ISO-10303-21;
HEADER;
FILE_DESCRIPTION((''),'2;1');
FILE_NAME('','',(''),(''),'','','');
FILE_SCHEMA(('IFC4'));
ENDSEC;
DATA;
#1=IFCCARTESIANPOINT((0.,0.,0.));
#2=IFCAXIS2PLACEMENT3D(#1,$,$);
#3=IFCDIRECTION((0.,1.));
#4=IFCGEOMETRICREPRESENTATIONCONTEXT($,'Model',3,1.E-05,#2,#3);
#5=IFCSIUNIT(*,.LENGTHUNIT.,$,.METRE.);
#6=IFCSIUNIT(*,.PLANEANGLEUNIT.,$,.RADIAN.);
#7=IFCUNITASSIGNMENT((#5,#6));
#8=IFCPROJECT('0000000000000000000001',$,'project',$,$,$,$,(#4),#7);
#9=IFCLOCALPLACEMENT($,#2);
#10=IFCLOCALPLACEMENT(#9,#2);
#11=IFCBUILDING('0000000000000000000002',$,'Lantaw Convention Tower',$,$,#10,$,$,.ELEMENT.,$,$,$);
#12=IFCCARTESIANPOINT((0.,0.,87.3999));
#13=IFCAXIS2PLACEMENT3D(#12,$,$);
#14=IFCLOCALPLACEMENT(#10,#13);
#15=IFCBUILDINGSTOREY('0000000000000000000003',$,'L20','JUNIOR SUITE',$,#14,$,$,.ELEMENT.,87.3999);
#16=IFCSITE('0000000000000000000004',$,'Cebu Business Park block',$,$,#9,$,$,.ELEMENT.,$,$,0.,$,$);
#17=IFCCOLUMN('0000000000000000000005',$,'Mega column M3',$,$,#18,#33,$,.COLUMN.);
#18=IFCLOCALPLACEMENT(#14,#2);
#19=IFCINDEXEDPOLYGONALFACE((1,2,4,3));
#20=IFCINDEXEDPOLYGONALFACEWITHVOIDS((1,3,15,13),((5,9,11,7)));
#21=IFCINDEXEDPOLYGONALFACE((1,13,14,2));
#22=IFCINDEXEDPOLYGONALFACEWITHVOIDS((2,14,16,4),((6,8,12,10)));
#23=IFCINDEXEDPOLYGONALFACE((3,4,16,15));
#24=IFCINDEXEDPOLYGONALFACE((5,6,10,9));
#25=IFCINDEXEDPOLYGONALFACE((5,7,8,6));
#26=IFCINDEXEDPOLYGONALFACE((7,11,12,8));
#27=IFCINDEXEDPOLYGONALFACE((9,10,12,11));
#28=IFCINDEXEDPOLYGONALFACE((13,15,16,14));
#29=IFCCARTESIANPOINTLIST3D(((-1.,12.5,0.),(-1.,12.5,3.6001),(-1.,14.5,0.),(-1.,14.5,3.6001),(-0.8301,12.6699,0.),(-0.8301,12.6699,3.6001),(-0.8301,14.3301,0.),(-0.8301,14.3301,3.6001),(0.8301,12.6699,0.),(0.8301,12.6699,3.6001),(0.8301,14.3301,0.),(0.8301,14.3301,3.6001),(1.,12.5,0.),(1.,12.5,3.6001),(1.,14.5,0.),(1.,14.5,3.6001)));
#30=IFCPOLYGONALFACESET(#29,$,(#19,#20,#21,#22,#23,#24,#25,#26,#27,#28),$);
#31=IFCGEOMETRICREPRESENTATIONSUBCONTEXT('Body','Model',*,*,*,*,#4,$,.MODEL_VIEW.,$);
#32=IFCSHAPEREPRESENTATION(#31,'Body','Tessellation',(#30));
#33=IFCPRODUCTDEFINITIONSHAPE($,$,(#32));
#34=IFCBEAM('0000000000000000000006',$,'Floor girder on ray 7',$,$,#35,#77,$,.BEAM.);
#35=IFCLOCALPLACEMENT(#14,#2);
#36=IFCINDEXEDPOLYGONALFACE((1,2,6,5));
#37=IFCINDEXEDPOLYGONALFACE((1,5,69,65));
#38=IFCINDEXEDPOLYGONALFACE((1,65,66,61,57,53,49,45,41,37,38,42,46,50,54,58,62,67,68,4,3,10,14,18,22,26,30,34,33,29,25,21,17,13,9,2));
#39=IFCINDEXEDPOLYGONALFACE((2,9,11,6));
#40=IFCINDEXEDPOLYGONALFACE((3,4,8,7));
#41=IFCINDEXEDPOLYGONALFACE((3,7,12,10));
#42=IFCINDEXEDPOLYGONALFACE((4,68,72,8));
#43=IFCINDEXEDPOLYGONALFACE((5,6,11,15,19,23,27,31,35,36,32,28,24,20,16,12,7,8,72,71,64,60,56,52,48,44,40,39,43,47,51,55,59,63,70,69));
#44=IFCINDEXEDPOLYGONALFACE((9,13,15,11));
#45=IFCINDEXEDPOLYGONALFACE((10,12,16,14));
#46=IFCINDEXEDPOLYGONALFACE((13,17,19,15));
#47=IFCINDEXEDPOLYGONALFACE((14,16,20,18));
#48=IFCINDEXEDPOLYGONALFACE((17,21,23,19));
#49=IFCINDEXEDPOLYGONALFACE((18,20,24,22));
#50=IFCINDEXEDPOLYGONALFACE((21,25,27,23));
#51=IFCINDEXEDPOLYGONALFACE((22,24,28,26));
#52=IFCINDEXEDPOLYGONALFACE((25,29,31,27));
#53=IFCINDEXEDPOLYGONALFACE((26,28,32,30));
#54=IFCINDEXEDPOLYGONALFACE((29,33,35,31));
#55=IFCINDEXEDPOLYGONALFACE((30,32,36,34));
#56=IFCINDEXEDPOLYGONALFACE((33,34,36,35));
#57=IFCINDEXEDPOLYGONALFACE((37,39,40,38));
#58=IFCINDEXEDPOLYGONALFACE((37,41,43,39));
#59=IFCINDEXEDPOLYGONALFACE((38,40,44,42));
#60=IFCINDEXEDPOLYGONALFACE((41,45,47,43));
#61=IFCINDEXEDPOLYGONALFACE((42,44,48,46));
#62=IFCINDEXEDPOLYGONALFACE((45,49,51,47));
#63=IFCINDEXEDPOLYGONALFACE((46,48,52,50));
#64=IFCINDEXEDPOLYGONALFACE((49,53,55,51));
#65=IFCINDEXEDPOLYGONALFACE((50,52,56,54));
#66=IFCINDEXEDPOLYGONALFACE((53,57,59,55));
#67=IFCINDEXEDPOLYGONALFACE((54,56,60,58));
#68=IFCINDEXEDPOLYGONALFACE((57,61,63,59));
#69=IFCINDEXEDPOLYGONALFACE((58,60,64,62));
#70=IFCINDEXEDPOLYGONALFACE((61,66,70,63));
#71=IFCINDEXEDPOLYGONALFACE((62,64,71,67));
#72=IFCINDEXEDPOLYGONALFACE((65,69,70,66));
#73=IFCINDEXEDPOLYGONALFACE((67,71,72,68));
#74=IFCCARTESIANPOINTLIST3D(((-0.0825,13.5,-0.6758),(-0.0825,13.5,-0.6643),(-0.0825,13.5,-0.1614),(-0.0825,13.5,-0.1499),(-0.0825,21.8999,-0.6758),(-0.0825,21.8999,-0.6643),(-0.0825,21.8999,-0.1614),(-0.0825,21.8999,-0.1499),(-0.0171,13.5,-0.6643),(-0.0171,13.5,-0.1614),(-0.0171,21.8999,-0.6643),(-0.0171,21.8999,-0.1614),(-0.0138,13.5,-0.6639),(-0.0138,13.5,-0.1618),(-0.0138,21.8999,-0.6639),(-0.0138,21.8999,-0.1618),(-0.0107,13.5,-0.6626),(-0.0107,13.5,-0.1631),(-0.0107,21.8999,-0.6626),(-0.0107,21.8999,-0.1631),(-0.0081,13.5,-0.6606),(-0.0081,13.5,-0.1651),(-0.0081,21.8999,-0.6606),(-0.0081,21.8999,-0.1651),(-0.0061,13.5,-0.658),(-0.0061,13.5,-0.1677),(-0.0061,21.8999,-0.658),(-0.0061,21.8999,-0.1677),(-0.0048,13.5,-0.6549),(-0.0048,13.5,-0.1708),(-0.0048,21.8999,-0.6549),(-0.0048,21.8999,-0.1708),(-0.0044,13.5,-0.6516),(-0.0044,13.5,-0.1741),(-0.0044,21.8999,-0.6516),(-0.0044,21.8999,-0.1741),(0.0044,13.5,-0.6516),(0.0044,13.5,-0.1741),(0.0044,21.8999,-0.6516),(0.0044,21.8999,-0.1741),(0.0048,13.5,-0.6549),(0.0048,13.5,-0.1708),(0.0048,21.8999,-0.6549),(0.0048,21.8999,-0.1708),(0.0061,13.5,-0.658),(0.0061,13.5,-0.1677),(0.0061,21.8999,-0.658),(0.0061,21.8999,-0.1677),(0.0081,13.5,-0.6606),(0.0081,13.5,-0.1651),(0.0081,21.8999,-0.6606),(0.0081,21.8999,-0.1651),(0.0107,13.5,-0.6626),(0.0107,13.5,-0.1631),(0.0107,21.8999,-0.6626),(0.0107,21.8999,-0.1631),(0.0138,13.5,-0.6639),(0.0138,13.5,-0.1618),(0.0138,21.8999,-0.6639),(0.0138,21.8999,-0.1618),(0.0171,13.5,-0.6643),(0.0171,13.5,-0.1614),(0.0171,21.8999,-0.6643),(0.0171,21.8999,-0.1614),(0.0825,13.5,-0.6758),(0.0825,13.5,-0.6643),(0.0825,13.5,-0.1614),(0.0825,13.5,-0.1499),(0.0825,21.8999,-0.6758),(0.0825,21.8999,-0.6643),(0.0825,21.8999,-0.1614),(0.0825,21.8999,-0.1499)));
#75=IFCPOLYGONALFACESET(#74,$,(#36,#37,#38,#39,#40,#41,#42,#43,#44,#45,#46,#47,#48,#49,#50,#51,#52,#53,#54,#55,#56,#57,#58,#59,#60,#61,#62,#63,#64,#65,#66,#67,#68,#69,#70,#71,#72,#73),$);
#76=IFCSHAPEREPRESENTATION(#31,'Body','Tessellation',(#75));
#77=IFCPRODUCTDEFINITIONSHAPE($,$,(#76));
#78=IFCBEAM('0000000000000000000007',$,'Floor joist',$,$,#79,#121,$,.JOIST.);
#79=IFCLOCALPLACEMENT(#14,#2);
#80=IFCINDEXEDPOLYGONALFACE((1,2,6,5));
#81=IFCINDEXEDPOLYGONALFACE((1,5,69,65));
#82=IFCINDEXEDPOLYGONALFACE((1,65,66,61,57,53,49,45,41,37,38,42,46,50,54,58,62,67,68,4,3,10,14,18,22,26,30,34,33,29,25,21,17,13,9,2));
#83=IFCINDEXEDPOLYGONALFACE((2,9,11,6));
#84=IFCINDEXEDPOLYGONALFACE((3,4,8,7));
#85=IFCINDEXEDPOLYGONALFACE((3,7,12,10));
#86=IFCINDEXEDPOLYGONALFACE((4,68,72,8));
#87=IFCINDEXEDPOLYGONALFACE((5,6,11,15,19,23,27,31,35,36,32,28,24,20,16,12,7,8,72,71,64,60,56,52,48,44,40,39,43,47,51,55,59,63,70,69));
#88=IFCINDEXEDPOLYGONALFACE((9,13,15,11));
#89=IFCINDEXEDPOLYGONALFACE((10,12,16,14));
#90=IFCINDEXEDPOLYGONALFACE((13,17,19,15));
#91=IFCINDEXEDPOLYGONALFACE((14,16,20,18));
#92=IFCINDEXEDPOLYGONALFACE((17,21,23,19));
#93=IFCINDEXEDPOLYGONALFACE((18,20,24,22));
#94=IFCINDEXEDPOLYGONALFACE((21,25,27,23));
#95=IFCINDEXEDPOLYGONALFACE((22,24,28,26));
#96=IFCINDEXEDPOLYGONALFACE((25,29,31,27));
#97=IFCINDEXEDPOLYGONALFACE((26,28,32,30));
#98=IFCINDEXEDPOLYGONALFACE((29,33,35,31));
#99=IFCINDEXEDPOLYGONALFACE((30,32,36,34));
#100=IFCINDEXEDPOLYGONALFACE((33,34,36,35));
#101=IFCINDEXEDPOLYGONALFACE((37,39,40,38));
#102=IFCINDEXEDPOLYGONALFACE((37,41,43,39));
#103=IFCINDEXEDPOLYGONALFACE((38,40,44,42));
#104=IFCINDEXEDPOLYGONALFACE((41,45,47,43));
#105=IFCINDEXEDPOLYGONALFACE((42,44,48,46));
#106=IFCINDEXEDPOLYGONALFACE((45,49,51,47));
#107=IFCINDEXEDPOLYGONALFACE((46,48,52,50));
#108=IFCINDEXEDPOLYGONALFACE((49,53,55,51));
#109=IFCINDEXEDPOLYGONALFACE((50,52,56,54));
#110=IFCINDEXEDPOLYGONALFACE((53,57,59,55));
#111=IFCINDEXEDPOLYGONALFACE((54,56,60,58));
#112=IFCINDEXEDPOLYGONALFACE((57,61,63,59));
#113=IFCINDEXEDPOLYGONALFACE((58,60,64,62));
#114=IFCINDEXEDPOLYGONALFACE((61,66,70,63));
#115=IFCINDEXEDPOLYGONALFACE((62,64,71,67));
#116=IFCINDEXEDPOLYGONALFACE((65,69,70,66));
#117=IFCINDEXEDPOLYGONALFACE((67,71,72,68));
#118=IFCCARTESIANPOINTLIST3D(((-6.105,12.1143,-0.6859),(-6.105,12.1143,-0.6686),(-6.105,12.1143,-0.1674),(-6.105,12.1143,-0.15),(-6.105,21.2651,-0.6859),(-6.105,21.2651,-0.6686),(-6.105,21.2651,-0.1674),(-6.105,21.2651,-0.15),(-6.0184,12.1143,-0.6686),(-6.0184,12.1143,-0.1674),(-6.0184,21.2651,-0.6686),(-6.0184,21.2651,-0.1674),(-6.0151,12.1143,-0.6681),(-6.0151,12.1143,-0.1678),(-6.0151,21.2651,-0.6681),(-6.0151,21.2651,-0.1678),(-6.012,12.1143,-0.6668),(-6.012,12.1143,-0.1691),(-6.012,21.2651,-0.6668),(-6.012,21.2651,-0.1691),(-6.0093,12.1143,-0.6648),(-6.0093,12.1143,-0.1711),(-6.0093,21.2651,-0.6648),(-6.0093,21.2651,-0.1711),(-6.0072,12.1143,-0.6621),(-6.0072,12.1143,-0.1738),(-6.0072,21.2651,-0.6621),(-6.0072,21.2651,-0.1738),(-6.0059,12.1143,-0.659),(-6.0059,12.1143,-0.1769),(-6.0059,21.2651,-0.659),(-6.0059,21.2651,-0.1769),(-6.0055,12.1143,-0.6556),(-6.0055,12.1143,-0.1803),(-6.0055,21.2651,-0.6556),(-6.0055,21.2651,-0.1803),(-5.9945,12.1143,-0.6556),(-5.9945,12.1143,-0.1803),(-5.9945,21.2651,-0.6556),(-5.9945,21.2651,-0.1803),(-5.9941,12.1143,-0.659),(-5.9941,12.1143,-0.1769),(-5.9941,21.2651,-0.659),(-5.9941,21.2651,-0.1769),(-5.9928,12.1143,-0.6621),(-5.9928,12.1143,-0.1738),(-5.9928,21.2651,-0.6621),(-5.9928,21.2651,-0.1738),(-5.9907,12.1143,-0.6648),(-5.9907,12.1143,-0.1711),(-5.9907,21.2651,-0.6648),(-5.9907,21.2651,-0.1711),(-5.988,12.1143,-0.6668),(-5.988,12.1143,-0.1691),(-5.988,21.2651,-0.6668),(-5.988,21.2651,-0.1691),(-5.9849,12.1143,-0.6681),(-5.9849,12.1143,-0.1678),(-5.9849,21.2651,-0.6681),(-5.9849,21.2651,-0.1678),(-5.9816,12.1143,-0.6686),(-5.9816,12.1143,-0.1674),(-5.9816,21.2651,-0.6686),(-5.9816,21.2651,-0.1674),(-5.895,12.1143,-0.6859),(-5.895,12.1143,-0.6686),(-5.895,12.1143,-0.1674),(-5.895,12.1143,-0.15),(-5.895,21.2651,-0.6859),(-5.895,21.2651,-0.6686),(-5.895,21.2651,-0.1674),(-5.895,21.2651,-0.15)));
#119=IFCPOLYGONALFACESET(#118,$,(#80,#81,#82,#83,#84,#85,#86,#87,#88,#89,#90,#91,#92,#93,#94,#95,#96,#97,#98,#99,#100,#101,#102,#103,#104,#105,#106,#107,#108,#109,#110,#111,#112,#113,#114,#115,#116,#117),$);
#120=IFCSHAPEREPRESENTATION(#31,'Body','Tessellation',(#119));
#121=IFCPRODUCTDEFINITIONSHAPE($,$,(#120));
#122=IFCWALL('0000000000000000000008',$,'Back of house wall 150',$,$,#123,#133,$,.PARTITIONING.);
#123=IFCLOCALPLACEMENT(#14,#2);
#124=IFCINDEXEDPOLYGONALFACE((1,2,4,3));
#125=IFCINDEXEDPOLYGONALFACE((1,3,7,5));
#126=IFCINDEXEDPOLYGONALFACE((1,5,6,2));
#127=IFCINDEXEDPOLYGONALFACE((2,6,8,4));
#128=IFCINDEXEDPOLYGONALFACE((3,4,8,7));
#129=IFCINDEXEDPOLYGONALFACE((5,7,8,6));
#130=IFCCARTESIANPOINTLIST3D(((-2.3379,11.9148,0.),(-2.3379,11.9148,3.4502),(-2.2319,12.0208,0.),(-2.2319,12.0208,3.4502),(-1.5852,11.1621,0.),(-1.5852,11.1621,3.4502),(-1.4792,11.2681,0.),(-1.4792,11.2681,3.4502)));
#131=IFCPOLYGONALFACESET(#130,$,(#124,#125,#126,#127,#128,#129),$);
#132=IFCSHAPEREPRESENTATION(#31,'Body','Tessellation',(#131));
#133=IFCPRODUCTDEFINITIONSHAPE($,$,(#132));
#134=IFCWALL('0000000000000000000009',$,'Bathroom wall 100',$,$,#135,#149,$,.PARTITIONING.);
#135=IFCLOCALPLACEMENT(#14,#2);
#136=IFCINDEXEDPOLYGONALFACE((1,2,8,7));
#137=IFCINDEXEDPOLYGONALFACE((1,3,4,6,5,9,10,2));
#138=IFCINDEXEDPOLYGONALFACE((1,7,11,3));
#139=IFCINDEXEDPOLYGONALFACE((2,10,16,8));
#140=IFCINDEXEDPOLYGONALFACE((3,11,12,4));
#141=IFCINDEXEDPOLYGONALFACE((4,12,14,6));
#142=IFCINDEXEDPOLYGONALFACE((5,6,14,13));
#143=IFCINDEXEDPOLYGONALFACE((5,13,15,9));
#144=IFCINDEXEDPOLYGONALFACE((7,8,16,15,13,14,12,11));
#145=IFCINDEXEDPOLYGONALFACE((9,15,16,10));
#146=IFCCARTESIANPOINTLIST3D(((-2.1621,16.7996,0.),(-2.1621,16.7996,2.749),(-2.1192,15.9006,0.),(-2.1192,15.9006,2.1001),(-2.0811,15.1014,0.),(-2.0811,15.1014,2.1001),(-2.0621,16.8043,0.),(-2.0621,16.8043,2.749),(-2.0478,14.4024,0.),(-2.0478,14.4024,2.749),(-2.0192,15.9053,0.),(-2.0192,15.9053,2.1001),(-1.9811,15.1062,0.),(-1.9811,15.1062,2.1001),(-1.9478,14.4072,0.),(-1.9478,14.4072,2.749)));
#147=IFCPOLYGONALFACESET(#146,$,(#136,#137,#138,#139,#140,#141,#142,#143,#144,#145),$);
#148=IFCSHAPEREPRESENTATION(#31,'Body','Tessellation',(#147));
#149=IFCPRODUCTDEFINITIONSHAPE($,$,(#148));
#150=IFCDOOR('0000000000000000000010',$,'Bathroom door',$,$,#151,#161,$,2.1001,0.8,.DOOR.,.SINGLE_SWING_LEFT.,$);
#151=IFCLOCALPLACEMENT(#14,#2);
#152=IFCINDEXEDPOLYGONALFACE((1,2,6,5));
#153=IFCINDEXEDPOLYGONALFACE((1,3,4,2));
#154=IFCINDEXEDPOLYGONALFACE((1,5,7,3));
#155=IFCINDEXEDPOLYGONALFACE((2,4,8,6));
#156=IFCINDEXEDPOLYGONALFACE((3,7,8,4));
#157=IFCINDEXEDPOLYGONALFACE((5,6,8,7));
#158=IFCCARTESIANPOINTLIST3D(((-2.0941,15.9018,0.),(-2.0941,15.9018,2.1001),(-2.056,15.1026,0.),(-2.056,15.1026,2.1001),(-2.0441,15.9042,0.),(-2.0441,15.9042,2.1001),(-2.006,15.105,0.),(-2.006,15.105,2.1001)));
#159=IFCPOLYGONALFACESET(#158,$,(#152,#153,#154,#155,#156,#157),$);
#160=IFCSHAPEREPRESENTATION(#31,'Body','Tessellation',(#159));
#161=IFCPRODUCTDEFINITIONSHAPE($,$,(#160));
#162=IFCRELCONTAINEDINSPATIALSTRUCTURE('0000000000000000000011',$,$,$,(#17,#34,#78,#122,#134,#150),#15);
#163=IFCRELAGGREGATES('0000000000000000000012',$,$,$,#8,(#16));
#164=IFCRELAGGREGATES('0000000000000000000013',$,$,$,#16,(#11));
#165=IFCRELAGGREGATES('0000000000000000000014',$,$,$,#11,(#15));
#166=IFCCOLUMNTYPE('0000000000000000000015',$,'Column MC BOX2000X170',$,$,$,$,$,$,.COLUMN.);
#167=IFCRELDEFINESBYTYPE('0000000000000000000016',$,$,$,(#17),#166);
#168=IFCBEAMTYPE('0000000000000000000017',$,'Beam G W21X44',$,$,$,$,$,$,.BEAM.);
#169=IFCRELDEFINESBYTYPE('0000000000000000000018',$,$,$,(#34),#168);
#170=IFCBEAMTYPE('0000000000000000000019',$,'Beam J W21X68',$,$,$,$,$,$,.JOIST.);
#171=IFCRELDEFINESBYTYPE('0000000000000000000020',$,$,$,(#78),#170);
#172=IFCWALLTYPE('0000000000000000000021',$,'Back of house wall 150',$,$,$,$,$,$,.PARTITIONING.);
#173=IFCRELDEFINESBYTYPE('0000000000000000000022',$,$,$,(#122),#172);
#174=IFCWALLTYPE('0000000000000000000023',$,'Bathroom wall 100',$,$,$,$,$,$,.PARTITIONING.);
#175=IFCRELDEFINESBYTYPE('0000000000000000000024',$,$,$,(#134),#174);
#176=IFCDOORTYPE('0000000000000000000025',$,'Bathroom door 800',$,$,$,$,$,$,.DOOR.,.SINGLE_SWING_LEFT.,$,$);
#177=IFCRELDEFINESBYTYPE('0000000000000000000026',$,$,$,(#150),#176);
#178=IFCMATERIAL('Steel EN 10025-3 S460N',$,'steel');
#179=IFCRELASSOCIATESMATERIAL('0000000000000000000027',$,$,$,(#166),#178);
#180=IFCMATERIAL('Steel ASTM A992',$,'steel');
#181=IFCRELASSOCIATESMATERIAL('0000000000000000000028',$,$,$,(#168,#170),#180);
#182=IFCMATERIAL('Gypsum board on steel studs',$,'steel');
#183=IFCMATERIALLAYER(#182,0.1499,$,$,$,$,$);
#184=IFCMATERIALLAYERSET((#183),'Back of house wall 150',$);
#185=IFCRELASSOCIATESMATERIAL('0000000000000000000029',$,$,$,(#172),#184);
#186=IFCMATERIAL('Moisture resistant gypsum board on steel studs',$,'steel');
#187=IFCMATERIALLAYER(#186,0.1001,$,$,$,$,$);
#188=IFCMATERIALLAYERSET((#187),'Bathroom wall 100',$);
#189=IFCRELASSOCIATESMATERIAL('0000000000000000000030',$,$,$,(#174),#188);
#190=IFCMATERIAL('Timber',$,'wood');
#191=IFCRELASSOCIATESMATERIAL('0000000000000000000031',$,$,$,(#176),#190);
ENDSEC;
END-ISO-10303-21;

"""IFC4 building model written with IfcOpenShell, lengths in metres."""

from ifc_helpers import new_model, si_unit, direction, frame, frame_2d, origin, origin_2d, place, context, subcontext, project, spatial, rectangle, hollow_rectangle, i_section, extrude, material, layer, layer_set, material_profile, profile_set, type_object, element, fill, save


model = new_model("IFC4")

# Units and contexts
model_context = context("Model", 3, precision=1e-05, world=origin(), true_north=direction((0.0, 1.0)))
body_context = subcontext(model_context, "Body", "Model", "MODEL_VIEW")
ifc_project = project(units=[si_unit("LENGTHUNIT", "METRE"), si_unit("PLANEANGLEUNIT", "RADIAN")], contexts=[model_context])

# Site, building, storey
site_placement = place(None, origin())
site = spatial("IfcSite", under=ifc_project, at=site_placement, Name="Cebu Business Park block", CompositionType="ELEMENT", RefElevation=0.0)
building_placement = place(site_placement, origin())
building = spatial("IfcBuilding", under=site, at=building_placement, Name="Lantaw Convention Tower", CompositionType="ELEMENT")
storey_placement = place(building_placement, frame((0.0, 0.0, 87.3999)))
storey = spatial("IfcBuildingStorey", under=building, at=storey_placement, Name="L20", Description="JUNIOR SUITE", CompositionType="ELEMENT", Elevation=87.3999)

# Column
ifc_material_1 = material(Name="Steel EN 10025-3 S460N", Category="steel")
ifc_material_profile_1 = material_profile(ifc_material_1, hollow_rectangle(XDim=2.0, YDim=2.0, WallThickness=0.1699, at=origin_2d()), Name="BOX2000X170")
ifc_material_2 = material(Name="Concrete C60/75", Category="concrete")
ifc_material_profile_2 = material_profile(ifc_material_2, rectangle(XDim=1.6599, YDim=1.6599, at=origin_2d()), Name="Concrete fill of BOX2000X170")
ifc_profile_set_1 = profile_set([ifc_material_profile_1, ifc_material_profile_2], Name="Steel EN 10025-3 S460N")
column_type = type_object("IfcColumnType", Name="Column MC BOX2000X170", PredefinedType="COLUMN", material=ifc_profile_set_1)
column_placement = place(storey_placement, frame((0.0, 13.5, 0.0), z_axis=(0.0, 0.0, 1.0), x_axis=(1.0, 0.0, 0.0)))
element("IfcColumn", 1, at=column_placement, inside=storey, type_object=column_type, Name="Mega column M3", PredefinedType="COLUMN", context=body_context, shape_type="SweptSolid", body=[
    extrude(hollow_rectangle(XDim=2.0, YDim=2.0, WallThickness=0.1699, at=origin_2d()), origin(), (0.0, 0.0, 1.0), 3.6001),
])

# Beams
ifc_material_3 = material(Name="Steel ASTM A992", Category="steel")
ifc_material_profile_3 = material_profile(ifc_material_3, i_section(OverallWidth=0.165, OverallDepth=0.5259, WebThickness=0.0088, FlangeThickness=0.0115, FilletRadius=0.0127, at=origin_2d()), Name="W21X44")
ifc_profile_set_2 = profile_set([ifc_material_profile_3], Name="Steel ASTM A992")
beam_type_1 = type_object("IfcBeamType", Name="Beam G W21X44", PredefinedType="BEAM", material=ifc_profile_set_2)
beam_1_placement = place(storey_placement, frame((0.0, 13.5, -0.4128), z_axis=(0.0, 1.0, 0.0), x_axis=(-1.0, 0.0, 0.0)))
element("IfcBeam", 2, at=beam_1_placement, inside=storey, type_object=beam_type_1, Name="Floor girder on ray 7", PredefinedType="BEAM", context=body_context, shape_type="SweptSolid", body=[
    extrude(i_section(OverallWidth=0.165, OverallDepth=0.5259, WebThickness=0.0088, FlangeThickness=0.0115, FilletRadius=0.0127, at=origin_2d()), origin(), (0.0, 0.0, 1.0), 8.3999),
])
ifc_material_profile_4 = material_profile(ifc_material_3, i_section(OverallWidth=0.21, OverallDepth=0.5359, WebThickness=0.011, FlangeThickness=0.0173, FilletRadius=0.0129, at=origin_2d()), Name="W21X68")
ifc_profile_set_3 = profile_set([ifc_material_profile_4], Name="Steel ASTM A992")
beam_type_2 = type_object("IfcBeamType", Name="Beam J W21X68", PredefinedType="JOIST", material=ifc_profile_set_3)
beam_2_placement = place(storey_placement, frame((-6.0, 12.1143, -0.418), z_axis=(0.0, 1.0, 0.0), x_axis=(-1.0, 0.0, 0.0)))
element("IfcBeam", 3, at=beam_2_placement, inside=storey, type_object=beam_type_2, Name="Floor joist", PredefinedType="JOIST", context=body_context, shape_type="SweptSolid", body=[
    extrude(i_section(OverallWidth=0.21, OverallDepth=0.5359, WebThickness=0.011, FlangeThickness=0.0173, FilletRadius=0.0129, at=origin_2d()), origin(), (0.0, 0.0, 1.0), 9.1509),
])

# Wall
ifc_material_4 = material(Name="Gypsum board on steel studs", Category="steel")
ifc_layer_1 = layer(ifc_material_4, 0.1499)
ifc_layer_set_1 = layer_set([ifc_layer_1], Name="Back of house wall 150")
wall_type_1 = type_object("IfcWallType", Name="Back of house wall 150", PredefinedType="PARTITIONING", material=ifc_layer_set_1)
wall_1_placement = place(storey_placement, frame((-1.5322, 11.2151, 0.0), z_axis=(0.0, 0.0, 1.0), x_axis=(-0.707107, 0.707107, 0.0)))
element("IfcWall", 4, at=wall_1_placement, inside=storey, type_object=wall_type_1, Name="Back of house wall 150", PredefinedType="PARTITIONING", context=body_context, shape_type="SweptSolid", body=[
    extrude(rectangle(XDim=1.0645, YDim=0.1499, at=frame_2d((0.5322, 0.0))), origin(), (0.0, 0.0, 1.0), 3.4502),
])

# Wall, opening, door
ifc_material_5 = material(Name="Moisture resistant gypsum board on steel studs", Category="steel")
ifc_layer_2 = layer(ifc_material_5, 0.1001)
ifc_layer_set_2 = layer_set([ifc_layer_2], Name="Bathroom wall 100")
wall_type_2 = type_object("IfcWallType", Name="Bathroom wall 100", PredefinedType="PARTITIONING", material=ifc_layer_set_2)
wall_2_placement = place(storey_placement, frame((-1.9978, 14.4048, 0.0), z_axis=(0.0, 0.0, 1.0), x_axis=(-0.047609, 0.998866, 0.0)))
wall_2 = element("IfcWall", 5, at=wall_2_placement, inside=storey, type_object=wall_type_2, Name="Bathroom wall 100", PredefinedType="PARTITIONING", context=body_context, shape_type="SweptSolid", body=[
    extrude(rectangle(XDim=2.3999, YDim=0.1001, at=frame_2d((1.2, 0.0))), origin(), (0.0, 0.0, 1.0), 2.749),
])
opening_1_placement = place(wall_2_placement, frame((0.7, 0.0, 0.0)))
opening_1 = element("IfcOpeningElement", 6, at=opening_1_placement, cuts=wall_2, PredefinedType="OPENING", context=body_context, shape_type="SweptSolid", body=[
    extrude(rectangle(XDim=0.8, YDim=2.1001, at=frame_2d((0.3999, 1.05))), frame((0.0, 0.0601, 0.0), z_axis=(0.0, -1.0, 0.0), x_axis=(1.0, 0.0, 0.0)), (0.0, 0.0, 1.0), 0.1201),
])
ifc_material_6 = material(Name="Timber", Category="wood")
door_type_1 = type_object("IfcDoorType", Name="Bathroom door 800", OperationType="SINGLE_SWING_LEFT", PredefinedType="DOOR", material=ifc_material_6)
door_1_placement = place(opening_1_placement, origin())
door_1 = element("IfcDoor", 7, at=door_1_placement, inside=storey, type_object=door_type_1, Name="Bathroom door", OperationType="SINGLE_SWING_LEFT", OverallHeight=2.1001, OverallWidth=0.8, PredefinedType="DOOR", context=body_context, shape_type="SweptSolid", body=[
    extrude(rectangle(XDim=0.8, YDim=2.1001, at=frame_2d((0.3999, 1.05))), frame((0.0, 0.0249, 0.0), z_axis=(0.0, -1.0, 0.0), x_axis=(1.0, 0.0, 0.0)), (0.0, 0.0, 1.0), 0.05),
])
fill(opening_1, door_1)

save(model, "model.ifc")
